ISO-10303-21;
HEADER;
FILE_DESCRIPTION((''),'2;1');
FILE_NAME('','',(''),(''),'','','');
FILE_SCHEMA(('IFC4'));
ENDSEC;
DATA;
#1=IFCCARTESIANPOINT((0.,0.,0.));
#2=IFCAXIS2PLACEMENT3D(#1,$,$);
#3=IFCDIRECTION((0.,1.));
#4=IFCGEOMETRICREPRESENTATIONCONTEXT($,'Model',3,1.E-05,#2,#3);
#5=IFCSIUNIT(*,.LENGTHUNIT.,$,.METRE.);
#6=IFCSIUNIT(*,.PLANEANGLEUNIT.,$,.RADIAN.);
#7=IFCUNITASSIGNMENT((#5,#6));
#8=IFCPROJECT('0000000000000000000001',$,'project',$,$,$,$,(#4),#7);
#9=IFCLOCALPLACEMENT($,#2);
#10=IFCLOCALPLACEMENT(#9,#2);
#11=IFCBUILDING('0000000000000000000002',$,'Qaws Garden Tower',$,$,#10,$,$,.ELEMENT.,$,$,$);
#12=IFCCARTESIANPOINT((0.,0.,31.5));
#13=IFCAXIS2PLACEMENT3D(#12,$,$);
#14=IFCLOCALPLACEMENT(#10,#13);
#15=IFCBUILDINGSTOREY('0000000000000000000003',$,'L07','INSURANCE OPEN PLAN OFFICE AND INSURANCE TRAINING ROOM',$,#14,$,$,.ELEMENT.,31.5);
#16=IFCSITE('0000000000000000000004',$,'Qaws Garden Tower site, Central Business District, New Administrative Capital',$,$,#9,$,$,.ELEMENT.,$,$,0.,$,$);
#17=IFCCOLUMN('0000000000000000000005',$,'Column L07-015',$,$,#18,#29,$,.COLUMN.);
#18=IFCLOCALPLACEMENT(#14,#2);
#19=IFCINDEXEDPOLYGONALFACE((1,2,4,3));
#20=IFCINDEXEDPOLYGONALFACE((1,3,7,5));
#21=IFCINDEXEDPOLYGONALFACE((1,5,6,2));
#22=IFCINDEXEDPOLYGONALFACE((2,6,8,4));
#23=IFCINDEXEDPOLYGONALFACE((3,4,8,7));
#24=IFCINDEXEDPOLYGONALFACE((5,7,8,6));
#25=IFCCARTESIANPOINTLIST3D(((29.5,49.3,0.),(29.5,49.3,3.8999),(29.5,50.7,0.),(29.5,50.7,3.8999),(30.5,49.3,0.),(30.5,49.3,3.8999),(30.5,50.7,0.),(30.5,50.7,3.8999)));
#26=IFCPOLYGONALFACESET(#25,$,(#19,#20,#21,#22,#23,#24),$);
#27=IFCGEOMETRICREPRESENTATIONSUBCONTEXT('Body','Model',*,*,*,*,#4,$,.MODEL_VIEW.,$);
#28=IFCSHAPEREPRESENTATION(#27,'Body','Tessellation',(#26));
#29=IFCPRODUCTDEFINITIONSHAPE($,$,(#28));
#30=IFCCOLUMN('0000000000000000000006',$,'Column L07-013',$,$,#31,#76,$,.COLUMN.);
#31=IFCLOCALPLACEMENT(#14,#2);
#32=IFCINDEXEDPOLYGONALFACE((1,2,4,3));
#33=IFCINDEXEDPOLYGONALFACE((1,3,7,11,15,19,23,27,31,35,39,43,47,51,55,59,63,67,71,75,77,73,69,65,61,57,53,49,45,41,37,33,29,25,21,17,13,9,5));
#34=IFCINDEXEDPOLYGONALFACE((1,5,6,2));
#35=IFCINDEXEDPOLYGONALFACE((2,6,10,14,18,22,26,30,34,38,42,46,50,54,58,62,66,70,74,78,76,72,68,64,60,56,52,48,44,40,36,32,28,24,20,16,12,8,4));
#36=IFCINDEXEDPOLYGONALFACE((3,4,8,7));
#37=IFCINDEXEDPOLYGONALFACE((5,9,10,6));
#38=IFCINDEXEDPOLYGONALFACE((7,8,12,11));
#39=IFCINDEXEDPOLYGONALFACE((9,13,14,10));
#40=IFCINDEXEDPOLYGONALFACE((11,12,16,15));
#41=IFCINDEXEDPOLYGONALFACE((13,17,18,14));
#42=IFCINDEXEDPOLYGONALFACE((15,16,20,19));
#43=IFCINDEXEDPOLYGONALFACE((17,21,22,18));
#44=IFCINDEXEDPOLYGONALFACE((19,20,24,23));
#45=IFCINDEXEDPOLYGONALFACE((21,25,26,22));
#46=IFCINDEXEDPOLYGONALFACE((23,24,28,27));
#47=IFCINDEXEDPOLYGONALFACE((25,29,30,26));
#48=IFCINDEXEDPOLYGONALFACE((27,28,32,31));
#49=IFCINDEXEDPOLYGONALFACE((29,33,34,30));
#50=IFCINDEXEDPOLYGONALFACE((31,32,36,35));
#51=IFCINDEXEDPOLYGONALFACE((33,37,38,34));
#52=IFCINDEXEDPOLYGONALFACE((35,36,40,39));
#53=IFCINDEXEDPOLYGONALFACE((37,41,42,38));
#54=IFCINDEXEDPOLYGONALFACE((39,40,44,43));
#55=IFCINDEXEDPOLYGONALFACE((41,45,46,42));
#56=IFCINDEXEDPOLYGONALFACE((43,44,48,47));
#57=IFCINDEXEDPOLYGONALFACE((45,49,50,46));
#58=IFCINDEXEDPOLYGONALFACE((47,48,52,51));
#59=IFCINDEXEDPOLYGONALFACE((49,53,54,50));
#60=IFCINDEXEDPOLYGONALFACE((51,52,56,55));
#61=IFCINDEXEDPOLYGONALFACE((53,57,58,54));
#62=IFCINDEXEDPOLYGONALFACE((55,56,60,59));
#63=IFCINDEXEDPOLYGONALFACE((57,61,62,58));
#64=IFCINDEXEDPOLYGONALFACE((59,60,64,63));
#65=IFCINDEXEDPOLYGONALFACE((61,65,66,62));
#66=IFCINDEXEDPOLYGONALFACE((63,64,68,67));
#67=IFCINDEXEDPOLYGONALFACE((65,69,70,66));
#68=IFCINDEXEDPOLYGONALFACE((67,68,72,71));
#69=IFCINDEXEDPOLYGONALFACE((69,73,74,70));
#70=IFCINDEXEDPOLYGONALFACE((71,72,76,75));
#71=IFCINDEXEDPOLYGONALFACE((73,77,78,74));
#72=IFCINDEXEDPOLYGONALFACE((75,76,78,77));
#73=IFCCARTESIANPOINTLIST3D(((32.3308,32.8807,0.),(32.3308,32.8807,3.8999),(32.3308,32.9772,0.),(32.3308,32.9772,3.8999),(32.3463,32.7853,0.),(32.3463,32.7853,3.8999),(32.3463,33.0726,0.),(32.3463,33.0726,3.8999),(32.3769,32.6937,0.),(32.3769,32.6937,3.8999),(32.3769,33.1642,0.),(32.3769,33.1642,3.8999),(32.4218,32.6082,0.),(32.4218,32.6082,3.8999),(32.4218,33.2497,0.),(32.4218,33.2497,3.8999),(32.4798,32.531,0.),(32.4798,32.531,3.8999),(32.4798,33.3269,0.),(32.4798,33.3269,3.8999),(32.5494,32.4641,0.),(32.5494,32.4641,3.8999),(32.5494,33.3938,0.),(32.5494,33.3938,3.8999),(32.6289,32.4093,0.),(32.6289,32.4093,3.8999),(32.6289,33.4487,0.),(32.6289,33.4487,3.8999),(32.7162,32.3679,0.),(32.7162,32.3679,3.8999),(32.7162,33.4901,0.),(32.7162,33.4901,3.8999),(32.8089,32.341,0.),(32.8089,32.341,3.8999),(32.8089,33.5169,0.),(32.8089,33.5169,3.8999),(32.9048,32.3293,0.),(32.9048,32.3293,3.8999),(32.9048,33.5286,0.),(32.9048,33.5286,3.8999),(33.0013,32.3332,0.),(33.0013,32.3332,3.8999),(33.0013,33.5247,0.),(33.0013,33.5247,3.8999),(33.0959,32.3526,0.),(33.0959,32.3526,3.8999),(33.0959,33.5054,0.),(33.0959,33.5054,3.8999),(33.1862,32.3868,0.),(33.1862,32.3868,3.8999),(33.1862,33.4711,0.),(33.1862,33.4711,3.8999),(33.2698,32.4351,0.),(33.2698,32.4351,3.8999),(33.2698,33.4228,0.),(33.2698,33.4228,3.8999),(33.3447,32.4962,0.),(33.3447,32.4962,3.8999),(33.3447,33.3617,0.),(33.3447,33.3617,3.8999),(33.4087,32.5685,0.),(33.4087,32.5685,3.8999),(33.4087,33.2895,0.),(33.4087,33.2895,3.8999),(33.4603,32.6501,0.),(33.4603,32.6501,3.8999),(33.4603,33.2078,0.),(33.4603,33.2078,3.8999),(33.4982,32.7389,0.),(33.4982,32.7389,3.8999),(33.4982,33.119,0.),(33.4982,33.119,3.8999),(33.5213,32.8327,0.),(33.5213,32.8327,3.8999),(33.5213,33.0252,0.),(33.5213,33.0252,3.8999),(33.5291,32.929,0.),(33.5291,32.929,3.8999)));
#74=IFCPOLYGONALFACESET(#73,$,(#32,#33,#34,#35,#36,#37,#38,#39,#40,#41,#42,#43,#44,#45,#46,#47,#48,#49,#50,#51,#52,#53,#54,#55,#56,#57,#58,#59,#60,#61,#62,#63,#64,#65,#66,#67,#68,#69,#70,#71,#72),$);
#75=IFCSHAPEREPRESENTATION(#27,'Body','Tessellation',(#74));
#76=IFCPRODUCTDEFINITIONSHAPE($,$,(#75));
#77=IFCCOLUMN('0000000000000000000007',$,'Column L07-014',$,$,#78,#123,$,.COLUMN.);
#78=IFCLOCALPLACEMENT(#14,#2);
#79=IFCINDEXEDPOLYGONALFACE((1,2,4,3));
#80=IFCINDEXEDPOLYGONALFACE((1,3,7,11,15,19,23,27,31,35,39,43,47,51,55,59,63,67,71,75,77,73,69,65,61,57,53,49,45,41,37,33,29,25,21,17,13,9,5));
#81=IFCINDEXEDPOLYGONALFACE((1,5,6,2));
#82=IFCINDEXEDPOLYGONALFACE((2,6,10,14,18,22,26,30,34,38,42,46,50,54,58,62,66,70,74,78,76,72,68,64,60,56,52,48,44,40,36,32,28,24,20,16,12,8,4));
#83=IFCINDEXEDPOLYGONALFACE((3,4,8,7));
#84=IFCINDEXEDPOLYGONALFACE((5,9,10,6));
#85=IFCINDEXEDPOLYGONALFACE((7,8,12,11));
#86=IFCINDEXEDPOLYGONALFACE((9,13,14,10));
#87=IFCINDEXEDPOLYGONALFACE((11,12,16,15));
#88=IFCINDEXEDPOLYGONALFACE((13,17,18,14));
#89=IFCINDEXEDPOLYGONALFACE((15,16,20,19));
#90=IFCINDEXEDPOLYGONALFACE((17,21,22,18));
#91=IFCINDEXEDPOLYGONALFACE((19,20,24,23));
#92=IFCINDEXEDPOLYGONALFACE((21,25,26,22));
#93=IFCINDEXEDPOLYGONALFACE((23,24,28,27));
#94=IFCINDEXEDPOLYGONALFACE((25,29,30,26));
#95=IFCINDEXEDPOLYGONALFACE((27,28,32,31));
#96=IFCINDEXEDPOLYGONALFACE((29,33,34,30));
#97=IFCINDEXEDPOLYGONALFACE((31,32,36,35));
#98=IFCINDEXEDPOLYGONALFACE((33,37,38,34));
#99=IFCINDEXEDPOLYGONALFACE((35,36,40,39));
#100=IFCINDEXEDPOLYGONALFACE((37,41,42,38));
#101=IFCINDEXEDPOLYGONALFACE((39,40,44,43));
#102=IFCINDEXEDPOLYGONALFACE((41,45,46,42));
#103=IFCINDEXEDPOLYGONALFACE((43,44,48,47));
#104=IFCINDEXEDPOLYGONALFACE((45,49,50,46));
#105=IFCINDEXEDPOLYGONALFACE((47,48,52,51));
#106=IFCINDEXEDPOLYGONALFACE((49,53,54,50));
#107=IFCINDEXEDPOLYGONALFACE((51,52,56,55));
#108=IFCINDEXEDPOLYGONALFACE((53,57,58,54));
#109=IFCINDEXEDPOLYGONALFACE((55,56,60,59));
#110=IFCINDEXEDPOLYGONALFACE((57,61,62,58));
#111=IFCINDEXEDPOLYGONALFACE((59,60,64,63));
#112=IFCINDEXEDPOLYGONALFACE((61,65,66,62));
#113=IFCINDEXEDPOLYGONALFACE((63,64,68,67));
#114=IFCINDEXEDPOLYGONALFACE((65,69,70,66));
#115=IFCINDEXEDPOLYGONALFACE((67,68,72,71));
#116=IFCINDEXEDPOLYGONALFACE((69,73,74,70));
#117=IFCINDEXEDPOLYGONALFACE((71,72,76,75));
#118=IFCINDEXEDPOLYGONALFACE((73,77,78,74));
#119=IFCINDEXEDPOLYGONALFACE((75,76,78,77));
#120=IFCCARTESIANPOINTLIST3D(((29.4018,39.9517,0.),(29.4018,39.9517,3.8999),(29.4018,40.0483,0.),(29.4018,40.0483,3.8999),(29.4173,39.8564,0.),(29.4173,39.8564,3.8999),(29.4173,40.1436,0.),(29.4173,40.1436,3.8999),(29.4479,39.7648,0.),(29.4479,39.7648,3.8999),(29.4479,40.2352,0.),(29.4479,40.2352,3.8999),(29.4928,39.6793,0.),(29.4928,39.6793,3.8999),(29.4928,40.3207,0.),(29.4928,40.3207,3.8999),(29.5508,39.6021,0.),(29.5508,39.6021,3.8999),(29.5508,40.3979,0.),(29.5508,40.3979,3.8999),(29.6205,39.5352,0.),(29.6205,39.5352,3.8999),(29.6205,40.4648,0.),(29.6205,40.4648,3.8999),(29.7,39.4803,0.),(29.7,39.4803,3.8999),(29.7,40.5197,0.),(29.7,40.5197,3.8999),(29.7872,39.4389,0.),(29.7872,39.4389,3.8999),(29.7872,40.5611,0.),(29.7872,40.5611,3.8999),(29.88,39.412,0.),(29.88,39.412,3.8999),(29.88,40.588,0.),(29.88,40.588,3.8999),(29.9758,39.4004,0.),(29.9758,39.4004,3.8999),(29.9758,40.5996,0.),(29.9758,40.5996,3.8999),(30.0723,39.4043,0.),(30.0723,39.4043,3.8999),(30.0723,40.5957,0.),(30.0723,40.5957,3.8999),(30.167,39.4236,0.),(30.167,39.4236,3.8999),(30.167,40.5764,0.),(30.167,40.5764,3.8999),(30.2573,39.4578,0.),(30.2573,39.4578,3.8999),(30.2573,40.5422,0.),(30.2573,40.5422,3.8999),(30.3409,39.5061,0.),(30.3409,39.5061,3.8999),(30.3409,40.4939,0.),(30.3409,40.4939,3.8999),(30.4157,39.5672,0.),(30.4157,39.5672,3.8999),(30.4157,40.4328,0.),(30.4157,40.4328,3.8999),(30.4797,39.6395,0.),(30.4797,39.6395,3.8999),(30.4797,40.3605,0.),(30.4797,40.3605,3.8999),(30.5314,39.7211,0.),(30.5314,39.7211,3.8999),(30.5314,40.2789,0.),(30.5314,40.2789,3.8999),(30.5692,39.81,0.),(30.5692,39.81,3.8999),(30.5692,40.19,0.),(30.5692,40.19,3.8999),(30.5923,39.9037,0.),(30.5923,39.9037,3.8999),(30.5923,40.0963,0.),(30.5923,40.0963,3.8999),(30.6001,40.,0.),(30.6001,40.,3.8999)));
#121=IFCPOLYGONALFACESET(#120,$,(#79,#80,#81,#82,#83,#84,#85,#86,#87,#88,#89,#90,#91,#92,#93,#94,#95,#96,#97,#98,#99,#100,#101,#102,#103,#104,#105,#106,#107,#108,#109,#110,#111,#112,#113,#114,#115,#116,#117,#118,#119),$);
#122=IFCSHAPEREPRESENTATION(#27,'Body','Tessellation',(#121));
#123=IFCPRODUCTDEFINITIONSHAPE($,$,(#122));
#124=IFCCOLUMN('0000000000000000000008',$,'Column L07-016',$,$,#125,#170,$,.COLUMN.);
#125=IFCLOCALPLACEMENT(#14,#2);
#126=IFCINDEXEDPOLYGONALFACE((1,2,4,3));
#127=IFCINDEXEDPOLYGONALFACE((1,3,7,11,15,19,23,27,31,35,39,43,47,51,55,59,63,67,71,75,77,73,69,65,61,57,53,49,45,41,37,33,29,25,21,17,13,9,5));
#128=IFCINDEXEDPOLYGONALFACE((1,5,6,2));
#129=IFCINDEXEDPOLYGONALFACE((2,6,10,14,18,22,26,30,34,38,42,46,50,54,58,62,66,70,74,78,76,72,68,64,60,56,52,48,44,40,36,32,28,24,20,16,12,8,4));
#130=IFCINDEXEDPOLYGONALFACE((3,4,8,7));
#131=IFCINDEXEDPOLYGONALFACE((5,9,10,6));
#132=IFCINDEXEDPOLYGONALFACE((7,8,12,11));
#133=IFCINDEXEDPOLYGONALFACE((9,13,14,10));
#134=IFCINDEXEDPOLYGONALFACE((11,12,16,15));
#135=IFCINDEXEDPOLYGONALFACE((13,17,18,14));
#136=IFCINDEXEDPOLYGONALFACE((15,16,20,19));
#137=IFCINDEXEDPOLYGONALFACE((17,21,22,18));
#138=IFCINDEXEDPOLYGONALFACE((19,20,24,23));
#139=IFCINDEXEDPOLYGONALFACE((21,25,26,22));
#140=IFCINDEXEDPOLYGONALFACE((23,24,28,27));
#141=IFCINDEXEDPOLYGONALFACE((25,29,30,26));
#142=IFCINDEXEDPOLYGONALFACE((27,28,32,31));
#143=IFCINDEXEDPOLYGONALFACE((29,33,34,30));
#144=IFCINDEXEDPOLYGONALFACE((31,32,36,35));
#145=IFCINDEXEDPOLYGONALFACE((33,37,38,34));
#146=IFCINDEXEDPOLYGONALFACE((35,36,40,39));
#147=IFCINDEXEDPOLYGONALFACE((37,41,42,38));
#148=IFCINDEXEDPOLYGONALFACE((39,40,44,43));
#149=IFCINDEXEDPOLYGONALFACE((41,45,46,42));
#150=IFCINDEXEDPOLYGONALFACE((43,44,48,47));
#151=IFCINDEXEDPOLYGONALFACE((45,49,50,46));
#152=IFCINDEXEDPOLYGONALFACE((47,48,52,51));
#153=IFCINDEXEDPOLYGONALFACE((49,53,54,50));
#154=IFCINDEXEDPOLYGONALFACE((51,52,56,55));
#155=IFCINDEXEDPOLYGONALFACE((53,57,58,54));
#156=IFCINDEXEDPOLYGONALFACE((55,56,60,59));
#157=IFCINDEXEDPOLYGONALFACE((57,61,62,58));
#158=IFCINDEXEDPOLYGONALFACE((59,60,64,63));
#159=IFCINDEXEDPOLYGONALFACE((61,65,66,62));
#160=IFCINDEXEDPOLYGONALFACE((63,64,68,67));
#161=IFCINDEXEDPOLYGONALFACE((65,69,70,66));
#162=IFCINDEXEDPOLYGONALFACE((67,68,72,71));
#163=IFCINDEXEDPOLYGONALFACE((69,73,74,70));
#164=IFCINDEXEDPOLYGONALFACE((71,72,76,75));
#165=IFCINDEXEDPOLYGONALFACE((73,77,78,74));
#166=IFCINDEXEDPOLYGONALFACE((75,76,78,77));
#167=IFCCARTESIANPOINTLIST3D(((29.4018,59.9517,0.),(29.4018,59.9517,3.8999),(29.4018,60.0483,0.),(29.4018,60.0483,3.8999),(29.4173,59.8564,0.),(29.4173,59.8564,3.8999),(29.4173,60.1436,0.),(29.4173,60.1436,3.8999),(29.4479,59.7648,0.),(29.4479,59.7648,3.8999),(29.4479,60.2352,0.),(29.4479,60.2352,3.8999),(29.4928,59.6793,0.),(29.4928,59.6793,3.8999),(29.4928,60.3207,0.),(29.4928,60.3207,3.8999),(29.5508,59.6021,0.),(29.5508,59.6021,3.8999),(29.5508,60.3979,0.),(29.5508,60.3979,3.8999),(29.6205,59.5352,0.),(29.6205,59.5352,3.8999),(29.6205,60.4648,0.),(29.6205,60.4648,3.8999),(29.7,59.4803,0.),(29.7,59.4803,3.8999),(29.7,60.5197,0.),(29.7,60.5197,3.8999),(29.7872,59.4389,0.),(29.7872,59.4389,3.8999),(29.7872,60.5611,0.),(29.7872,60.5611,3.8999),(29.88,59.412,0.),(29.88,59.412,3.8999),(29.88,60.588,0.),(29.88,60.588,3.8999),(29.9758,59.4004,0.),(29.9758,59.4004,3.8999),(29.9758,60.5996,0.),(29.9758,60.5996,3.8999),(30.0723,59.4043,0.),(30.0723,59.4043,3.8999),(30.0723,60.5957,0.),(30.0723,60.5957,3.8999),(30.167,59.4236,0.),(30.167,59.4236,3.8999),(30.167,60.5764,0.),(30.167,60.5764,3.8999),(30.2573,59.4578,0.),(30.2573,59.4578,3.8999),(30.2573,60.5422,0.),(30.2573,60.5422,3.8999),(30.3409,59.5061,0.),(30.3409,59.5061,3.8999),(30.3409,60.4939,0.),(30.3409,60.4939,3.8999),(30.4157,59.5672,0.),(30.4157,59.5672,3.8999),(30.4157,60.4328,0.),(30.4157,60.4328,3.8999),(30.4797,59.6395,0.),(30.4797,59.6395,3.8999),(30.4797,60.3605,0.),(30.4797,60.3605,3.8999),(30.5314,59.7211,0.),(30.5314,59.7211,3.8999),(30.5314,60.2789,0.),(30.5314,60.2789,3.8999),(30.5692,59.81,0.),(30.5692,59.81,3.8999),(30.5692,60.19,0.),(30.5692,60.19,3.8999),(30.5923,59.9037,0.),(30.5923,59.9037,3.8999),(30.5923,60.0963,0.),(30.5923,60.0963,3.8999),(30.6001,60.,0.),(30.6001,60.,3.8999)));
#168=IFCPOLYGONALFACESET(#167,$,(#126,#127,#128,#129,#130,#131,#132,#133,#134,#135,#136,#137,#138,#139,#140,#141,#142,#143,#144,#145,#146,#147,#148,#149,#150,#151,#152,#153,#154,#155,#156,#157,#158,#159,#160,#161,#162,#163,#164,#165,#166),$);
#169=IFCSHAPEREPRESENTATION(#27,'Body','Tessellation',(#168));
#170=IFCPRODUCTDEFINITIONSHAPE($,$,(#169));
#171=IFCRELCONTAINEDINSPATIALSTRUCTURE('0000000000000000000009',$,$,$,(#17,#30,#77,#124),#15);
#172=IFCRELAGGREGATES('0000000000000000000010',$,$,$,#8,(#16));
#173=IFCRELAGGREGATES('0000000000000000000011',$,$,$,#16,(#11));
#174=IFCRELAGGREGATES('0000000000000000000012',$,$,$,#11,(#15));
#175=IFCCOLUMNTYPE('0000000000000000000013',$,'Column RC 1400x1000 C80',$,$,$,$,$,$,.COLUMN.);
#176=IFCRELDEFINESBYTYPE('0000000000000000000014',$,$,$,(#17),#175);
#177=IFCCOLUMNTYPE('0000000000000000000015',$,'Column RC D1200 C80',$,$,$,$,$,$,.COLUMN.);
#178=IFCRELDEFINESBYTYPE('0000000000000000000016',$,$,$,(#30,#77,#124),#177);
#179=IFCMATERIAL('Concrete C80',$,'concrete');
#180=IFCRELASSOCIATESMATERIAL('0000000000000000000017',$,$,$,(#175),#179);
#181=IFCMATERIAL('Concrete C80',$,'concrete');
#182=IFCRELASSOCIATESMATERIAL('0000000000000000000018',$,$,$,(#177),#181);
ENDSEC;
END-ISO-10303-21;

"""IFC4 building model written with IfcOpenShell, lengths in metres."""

from ifc_helpers import new_model, si_unit, direction, frame, origin, origin_2d, place, context, subcontext, project, spatial, rectangle, circle, extrude, material, material_profile, profile_set, type_object, element, save


model = new_model("IFC4")

# Units and contexts
model_context = context("Model", 3, precision=1e-05, world=origin(), true_north=direction((0.0, 1.0)))
body_context = subcontext(model_context, "Body", "Model", "MODEL_VIEW")
ifc_project = project(units=[si_unit("LENGTHUNIT", "METRE"), si_unit("PLANEANGLEUNIT", "RADIAN")], contexts=[model_context])

# Site, building, storey
site_placement = place(None, origin())
site = spatial("IfcSite", under=ifc_project, at=site_placement, Name="Qaws Garden Tower site, Central Business District, New Administrative Capital", CompositionType="ELEMENT", RefElevation=0.0)
building_placement = place(site_placement, origin())
building = spatial("IfcBuilding", under=site, at=building_placement, Name="Qaws Garden Tower", CompositionType="ELEMENT")
storey_placement = place(building_placement, frame((0.0, 0.0, 31.5)))
storey = spatial("IfcBuildingStorey", under=building, at=storey_placement, Name="L07", Description="INSURANCE OPEN PLAN OFFICE AND INSURANCE TRAINING ROOM", CompositionType="ELEMENT", Elevation=31.5)

# Columns
ifc_material_1 = material(Name="Concrete C80", Category="concrete")
ifc_material_profile_1 = material_profile(ifc_material_1, rectangle(XDim=1.3999, YDim=1.0, at=origin_2d()), Name="RC 1400x1000")
ifc_profile_set_1 = profile_set([ifc_material_profile_1], Name="Concrete C80")
column_type_1 = type_object("IfcColumnType", Name="Column RC 1400x1000 C80", PredefinedType="COLUMN", material=ifc_profile_set_1)
column_placement = place(storey_placement, frame((30.0, 50.0, 0.0), z_axis=(0.0, 0.0, 1.0), x_axis=(0.0, 1.0, 0.0)))
element("IfcColumn", 1, at=column_placement, inside=storey, type_object=column_type_1, Name="Column L07-015", PredefinedType="COLUMN", context=body_context, shape_type="SweptSolid", body=[
    extrude(rectangle(XDim=1.3999, YDim=1.0, at=origin_2d()), origin(), (0.0, 0.0, 1.0), 3.8999),
])
ifc_material_2 = material(Name="Concrete C80", Category="concrete")
ifc_material_profile_2 = material_profile(ifc_material_2, circle(Radius=0.6001, at=origin_2d()), Name="RC D1200")
ifc_profile_set_2 = profile_set([ifc_material_profile_2], Name="Concrete C80")
column_type_2 = type_object("IfcColumnType", Name="Column RC D1200 C80", PredefinedType="COLUMN", material=ifc_profile_set_2)
for number, where, z_axis, x_axis, name in (
    (2, (32.929, 32.929, 0.0), (0.0, 0.0, 1.0), (1.0, 0.0, 0.0), "Column L07-013"),
    (3, (30.0, 40.0, 0.0), (0.0, 0.0, 1.0), (1.0, 0.0, 0.0), "Column L07-014"),
    (4, (30.0, 60.0, 0.0), (0.0, 0.0, 1.0), (1.0, 0.0, 0.0), "Column L07-016"),
):
    element("IfcColumn", number, at=place(storey_placement, frame(where, z_axis=z_axis, x_axis=x_axis)), inside=storey, type_object=column_type_2, Name=name, PredefinedType="COLUMN", context=body_context, shape_type="SweptSolid", body=[
        extrude(circle(Radius=0.6001, at=origin_2d()), origin(), (0.0, 0.0, 1.0), 3.8999),
    ])

save(model, "model.ifc")
